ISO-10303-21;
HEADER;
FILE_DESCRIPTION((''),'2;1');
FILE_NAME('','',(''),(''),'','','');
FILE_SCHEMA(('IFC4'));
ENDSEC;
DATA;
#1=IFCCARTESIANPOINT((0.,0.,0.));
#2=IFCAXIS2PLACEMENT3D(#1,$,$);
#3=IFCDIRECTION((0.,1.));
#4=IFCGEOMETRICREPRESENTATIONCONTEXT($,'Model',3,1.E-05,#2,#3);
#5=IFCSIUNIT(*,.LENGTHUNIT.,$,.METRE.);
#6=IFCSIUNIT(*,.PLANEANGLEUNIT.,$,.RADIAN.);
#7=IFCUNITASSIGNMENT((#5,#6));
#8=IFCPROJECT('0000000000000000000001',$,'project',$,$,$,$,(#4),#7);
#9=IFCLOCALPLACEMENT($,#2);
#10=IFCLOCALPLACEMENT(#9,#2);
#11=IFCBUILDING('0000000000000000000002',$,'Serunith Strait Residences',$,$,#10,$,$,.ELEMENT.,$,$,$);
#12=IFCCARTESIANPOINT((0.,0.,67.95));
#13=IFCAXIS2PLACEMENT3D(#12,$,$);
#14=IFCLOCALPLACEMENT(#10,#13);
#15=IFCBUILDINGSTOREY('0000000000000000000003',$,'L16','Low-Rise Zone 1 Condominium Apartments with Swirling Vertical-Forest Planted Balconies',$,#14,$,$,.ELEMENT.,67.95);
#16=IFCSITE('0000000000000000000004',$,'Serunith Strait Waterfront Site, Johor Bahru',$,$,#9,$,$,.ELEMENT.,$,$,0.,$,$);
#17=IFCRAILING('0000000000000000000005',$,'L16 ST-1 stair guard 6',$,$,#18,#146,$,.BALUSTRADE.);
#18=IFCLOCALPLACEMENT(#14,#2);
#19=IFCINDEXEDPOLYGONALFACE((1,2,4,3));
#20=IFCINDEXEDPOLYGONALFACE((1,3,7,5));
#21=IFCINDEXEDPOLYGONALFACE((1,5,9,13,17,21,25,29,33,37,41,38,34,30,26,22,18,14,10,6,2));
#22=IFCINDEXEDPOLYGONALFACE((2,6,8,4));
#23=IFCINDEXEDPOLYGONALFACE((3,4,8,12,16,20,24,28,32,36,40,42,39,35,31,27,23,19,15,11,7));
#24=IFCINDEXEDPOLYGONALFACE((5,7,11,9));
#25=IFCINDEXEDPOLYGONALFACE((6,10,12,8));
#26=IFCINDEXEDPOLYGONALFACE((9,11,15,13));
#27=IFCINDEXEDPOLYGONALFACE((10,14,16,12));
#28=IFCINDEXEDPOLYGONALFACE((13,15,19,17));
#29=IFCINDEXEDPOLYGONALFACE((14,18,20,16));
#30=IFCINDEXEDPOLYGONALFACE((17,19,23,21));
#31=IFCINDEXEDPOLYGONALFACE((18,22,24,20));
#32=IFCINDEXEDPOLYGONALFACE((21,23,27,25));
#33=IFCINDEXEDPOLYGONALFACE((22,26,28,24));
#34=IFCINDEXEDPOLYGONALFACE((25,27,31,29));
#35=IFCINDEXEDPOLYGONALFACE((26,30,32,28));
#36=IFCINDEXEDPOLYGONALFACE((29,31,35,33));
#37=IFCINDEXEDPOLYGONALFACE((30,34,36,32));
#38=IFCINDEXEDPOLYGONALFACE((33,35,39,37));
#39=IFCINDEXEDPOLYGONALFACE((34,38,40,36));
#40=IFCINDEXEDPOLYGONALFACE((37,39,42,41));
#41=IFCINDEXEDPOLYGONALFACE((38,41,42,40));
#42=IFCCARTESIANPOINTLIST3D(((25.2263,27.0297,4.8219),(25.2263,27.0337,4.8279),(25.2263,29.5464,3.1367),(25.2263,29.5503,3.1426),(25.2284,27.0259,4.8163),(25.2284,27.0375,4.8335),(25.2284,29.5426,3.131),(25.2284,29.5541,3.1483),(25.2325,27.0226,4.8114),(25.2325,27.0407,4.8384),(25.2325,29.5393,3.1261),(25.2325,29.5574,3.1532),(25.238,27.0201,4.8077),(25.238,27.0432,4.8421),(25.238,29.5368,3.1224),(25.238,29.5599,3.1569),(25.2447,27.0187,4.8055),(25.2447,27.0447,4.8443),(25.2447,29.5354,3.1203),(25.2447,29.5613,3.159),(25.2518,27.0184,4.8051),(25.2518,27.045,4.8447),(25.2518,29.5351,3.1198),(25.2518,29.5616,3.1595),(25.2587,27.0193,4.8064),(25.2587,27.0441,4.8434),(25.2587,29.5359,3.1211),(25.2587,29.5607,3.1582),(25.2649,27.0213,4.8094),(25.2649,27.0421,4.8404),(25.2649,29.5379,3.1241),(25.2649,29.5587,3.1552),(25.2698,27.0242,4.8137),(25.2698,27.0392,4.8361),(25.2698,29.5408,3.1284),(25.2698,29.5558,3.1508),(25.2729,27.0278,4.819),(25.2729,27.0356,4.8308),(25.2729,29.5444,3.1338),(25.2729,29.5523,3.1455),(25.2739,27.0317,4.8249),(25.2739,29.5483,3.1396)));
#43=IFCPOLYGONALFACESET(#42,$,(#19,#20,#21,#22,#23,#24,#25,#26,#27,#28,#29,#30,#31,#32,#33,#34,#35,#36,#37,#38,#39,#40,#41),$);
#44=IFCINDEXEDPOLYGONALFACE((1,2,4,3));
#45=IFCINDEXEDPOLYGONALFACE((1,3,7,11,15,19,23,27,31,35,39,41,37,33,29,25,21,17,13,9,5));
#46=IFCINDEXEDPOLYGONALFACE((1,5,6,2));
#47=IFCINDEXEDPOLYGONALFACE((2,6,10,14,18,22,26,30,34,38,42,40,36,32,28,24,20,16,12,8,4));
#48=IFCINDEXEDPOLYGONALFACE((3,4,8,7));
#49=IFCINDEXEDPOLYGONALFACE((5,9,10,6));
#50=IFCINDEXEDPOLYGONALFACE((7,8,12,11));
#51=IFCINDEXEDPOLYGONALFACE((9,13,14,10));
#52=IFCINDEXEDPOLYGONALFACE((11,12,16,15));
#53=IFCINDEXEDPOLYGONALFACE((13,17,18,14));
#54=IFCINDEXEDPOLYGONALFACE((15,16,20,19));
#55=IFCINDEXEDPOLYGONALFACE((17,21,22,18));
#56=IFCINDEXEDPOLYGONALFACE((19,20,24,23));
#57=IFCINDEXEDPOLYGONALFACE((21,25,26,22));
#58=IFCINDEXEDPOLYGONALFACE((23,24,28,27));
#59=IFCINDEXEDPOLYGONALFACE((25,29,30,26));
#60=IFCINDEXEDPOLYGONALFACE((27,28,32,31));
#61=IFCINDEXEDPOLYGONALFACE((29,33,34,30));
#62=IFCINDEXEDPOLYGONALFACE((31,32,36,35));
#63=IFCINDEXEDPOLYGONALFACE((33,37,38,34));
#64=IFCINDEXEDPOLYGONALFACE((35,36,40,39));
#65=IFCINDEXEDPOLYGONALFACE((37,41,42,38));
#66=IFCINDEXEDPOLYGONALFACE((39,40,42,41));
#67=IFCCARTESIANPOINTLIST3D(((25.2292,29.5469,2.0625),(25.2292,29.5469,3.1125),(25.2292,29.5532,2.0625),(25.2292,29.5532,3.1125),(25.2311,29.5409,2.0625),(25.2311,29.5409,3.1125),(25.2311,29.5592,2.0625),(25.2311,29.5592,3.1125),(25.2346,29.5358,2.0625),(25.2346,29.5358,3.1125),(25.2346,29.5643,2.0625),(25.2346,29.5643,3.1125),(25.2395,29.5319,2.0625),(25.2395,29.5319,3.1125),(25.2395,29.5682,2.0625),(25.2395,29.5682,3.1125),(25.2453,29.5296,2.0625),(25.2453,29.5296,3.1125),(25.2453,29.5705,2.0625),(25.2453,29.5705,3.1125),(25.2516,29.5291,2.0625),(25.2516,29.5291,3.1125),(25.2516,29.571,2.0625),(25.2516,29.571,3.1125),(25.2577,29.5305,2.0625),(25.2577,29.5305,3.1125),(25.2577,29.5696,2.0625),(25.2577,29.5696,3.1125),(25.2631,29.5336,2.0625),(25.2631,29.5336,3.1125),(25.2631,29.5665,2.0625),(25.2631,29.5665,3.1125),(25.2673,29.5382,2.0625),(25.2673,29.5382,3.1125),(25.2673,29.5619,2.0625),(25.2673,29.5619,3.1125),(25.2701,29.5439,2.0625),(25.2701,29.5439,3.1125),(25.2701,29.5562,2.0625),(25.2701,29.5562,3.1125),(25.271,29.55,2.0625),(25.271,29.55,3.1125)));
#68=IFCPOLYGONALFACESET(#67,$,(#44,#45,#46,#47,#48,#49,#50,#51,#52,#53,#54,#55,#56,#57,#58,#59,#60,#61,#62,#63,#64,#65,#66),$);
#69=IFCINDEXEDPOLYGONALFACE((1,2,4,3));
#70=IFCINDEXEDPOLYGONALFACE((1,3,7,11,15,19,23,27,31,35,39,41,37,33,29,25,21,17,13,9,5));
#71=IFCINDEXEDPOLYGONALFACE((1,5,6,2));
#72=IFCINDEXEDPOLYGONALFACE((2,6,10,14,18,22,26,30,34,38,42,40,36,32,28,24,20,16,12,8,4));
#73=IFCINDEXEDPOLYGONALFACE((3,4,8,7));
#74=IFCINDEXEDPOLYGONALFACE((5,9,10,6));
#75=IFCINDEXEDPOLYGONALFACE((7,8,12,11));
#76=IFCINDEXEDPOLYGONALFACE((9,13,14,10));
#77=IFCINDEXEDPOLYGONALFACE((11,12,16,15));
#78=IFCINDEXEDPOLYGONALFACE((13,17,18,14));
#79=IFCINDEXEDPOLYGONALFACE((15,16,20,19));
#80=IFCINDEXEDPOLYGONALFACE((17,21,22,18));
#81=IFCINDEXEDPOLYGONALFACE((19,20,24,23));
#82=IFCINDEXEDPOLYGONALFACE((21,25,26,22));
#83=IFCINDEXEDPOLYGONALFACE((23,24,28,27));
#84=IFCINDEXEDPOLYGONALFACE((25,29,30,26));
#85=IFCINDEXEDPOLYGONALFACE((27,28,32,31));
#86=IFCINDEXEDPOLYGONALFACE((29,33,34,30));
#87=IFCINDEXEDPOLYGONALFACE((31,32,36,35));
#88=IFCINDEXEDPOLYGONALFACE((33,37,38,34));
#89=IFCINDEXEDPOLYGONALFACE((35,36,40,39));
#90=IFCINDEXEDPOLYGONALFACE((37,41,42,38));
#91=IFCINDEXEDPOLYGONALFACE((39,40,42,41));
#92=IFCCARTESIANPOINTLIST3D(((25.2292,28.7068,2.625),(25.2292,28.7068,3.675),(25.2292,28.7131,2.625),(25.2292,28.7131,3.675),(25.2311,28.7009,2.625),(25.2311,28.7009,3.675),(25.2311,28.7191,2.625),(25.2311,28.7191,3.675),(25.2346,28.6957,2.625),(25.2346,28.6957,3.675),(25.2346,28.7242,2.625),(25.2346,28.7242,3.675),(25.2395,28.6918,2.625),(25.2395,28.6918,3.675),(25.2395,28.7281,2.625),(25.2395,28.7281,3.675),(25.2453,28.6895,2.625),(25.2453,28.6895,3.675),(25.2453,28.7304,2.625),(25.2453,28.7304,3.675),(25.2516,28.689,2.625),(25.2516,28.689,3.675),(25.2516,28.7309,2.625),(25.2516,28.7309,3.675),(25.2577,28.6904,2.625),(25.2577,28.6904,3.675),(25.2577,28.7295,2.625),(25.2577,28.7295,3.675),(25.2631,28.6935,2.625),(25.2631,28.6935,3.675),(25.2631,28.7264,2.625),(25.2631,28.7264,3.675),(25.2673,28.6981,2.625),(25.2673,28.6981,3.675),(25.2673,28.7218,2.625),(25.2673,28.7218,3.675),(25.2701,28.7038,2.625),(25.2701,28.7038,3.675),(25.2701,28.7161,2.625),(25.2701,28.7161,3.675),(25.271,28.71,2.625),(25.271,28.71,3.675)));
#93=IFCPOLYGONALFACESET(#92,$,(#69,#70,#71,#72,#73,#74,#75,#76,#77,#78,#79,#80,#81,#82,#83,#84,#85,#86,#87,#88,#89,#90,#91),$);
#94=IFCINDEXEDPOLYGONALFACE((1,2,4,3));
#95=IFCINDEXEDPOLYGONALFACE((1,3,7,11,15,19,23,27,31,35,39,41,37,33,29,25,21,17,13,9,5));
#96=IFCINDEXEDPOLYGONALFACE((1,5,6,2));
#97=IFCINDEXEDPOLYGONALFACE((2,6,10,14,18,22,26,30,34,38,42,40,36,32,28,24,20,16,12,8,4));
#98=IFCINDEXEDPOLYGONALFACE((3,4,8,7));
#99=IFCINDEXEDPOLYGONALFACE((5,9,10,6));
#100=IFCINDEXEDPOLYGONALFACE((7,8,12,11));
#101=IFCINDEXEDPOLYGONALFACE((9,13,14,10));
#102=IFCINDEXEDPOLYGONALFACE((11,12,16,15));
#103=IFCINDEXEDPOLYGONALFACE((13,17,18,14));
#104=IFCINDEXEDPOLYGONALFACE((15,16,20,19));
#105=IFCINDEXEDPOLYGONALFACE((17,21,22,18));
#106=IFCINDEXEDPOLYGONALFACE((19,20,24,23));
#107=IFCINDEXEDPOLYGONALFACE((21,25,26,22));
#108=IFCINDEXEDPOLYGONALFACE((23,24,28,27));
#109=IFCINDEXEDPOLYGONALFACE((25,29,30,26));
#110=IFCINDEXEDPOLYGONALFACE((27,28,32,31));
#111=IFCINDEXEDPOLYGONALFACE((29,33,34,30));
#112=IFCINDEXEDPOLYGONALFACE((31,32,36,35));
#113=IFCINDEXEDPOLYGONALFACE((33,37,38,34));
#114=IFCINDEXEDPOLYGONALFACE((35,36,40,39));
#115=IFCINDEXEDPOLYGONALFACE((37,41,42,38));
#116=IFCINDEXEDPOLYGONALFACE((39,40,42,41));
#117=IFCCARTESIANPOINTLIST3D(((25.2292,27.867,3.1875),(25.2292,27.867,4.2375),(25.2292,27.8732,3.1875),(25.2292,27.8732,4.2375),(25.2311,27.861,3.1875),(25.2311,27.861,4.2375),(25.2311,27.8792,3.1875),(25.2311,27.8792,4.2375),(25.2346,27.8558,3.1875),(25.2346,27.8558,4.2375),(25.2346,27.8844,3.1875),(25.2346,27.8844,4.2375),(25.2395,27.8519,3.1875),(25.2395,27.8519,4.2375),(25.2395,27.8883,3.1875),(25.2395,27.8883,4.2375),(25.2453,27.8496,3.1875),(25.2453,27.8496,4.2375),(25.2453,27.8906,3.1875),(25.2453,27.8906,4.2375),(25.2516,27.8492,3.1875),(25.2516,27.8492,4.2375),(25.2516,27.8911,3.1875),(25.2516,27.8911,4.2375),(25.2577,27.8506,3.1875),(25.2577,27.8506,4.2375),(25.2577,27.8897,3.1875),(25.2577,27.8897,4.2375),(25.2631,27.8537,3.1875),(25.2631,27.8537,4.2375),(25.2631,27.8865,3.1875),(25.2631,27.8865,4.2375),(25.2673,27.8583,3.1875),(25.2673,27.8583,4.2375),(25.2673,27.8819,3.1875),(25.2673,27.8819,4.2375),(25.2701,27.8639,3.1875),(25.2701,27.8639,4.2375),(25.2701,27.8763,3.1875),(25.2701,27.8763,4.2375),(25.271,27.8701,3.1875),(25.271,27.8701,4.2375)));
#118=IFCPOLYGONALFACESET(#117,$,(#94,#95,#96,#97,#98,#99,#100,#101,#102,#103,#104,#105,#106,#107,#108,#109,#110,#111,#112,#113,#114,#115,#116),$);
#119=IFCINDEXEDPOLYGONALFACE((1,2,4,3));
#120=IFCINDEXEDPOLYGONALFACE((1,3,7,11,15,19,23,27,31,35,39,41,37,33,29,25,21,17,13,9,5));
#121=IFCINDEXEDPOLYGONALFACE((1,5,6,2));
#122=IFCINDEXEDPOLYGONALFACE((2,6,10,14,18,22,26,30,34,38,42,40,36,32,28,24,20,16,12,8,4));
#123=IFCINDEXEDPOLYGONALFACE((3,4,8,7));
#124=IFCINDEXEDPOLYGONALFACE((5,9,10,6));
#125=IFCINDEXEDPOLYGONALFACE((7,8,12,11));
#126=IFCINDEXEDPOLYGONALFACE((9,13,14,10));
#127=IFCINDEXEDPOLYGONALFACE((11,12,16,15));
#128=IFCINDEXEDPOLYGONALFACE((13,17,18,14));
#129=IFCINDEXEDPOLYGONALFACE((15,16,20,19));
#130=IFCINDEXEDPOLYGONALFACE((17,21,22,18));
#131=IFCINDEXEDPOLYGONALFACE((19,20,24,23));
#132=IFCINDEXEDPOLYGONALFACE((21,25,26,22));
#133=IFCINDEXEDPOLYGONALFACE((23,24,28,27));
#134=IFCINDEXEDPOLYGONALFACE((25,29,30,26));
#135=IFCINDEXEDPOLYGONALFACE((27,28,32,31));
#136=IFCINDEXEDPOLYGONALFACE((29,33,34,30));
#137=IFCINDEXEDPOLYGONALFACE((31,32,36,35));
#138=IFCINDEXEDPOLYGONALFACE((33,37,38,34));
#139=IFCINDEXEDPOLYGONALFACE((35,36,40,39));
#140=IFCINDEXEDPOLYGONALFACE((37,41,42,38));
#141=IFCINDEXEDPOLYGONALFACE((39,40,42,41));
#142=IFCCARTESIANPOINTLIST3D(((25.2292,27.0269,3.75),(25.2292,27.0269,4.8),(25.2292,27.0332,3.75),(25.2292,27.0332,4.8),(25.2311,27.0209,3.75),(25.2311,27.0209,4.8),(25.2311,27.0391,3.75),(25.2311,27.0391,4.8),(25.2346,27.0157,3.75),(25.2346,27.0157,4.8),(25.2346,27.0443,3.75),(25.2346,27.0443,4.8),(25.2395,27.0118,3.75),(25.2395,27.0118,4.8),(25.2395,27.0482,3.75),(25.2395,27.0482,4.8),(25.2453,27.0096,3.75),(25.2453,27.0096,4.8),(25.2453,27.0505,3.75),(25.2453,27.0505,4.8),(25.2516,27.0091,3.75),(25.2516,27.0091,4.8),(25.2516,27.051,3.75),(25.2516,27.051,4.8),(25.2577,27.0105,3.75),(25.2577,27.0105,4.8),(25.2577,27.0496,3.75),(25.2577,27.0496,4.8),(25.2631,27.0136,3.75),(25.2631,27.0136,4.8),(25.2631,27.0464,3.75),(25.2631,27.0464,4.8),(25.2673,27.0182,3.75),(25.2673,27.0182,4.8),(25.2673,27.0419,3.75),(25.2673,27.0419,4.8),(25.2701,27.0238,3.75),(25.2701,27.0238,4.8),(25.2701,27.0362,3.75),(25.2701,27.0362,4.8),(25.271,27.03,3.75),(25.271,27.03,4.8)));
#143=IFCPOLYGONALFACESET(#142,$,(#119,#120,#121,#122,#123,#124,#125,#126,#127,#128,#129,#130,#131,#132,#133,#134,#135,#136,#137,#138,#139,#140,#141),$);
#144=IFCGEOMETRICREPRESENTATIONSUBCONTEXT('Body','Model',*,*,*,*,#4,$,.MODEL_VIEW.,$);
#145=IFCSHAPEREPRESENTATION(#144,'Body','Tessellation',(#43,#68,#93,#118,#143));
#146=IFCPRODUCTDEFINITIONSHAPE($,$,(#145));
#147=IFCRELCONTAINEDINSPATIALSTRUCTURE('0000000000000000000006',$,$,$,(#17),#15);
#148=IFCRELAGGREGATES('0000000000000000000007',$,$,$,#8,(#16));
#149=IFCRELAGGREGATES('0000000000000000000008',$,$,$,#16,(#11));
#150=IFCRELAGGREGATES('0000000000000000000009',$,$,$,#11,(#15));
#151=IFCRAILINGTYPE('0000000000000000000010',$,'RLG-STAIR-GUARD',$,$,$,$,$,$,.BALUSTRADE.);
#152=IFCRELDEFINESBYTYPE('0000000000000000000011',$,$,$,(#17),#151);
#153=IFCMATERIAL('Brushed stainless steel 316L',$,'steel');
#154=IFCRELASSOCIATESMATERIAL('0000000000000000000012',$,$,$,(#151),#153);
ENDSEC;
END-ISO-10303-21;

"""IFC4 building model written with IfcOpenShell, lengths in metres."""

from ifc_helpers import new_model, si_unit, direction, frame, origin, origin_2d, place, context, subcontext, project, spatial, circle, extrude, material, type_object, element, save


model = new_model("IFC4")

# Units and contexts
model_context = context("Model", 3, precision=1e-05, world=origin(), true_north=direction((0.0, 1.0)))
body_context = subcontext(model_context, "Body", "Model", "MODEL_VIEW")
ifc_project = project(units=[si_unit("LENGTHUNIT", "METRE"), si_unit("PLANEANGLEUNIT", "RADIAN")], contexts=[model_context])

# Site, building, storey
site_placement = place(None, origin())
site = spatial("IfcSite", under=ifc_project, at=site_placement, Name="Serunith Strait Waterfront Site, Johor Bahru", CompositionType="ELEMENT", RefElevation=0.0)
building_placement = place(site_placement, origin())
building = spatial("IfcBuilding", under=site, at=building_placement, Name="Serunith Strait Residences", CompositionType="ELEMENT")
storey_placement = place(building_placement, frame((0.0, 0.0, 67.95)))
storey = spatial("IfcBuildingStorey", under=building, at=storey_placement, Name="L16", Description="Low-Rise Zone 1 Condominium Apartments with Swirling Vertical-Forest Planted Balconies", CompositionType="ELEMENT", Elevation=67.95)

# Railing
ifc_material_1 = material(Name="Brushed stainless steel 316L", Category="steel")
railing_type_1 = type_object("IfcRailingType", Name="RLG-STAIR-GUARD", PredefinedType="BALUSTRADE", material=ifc_material_1)
railing_1_placement = place(storey_placement, frame((25.25, 29.55, 2.0625)))
element("IfcRailing", 1, at=railing_1_placement, inside=storey, type_object=railing_type_1, Name="L16 ST-1 stair guard 6", PredefinedType="BALUSTRADE", context=body_context, shape_type="SweptSolid", body=[
    extrude(circle(Radius=0.0239, at=origin_2d()), frame((0.0, -0.0017, 1.0771), z_axis=(0.0, -0.830909, 0.556408), x_axis=(1.0, 0.0, 0.0)), (0.0, 0.0, 1.0), 3.0288),
    extrude(circle(Radius=0.021, at=origin_2d()), origin(), (0.0, 0.0, 1.0), 1.05),
    extrude(circle(Radius=0.021, at=origin_2d()), frame((0.0, -0.8401, 0.5625)), (0.0, 0.0, 1.0), 1.05),
    extrude(circle(Radius=0.021, at=origin_2d()), frame((0.0, -1.6799, 1.125)), (0.0, 0.0, 1.0), 1.05),
    extrude(circle(Radius=0.021, at=origin_2d()), frame((0.0, -2.52, 1.6875)), (0.0, 0.0, 1.0), 1.05),
])

save(model, "model.ifc")
